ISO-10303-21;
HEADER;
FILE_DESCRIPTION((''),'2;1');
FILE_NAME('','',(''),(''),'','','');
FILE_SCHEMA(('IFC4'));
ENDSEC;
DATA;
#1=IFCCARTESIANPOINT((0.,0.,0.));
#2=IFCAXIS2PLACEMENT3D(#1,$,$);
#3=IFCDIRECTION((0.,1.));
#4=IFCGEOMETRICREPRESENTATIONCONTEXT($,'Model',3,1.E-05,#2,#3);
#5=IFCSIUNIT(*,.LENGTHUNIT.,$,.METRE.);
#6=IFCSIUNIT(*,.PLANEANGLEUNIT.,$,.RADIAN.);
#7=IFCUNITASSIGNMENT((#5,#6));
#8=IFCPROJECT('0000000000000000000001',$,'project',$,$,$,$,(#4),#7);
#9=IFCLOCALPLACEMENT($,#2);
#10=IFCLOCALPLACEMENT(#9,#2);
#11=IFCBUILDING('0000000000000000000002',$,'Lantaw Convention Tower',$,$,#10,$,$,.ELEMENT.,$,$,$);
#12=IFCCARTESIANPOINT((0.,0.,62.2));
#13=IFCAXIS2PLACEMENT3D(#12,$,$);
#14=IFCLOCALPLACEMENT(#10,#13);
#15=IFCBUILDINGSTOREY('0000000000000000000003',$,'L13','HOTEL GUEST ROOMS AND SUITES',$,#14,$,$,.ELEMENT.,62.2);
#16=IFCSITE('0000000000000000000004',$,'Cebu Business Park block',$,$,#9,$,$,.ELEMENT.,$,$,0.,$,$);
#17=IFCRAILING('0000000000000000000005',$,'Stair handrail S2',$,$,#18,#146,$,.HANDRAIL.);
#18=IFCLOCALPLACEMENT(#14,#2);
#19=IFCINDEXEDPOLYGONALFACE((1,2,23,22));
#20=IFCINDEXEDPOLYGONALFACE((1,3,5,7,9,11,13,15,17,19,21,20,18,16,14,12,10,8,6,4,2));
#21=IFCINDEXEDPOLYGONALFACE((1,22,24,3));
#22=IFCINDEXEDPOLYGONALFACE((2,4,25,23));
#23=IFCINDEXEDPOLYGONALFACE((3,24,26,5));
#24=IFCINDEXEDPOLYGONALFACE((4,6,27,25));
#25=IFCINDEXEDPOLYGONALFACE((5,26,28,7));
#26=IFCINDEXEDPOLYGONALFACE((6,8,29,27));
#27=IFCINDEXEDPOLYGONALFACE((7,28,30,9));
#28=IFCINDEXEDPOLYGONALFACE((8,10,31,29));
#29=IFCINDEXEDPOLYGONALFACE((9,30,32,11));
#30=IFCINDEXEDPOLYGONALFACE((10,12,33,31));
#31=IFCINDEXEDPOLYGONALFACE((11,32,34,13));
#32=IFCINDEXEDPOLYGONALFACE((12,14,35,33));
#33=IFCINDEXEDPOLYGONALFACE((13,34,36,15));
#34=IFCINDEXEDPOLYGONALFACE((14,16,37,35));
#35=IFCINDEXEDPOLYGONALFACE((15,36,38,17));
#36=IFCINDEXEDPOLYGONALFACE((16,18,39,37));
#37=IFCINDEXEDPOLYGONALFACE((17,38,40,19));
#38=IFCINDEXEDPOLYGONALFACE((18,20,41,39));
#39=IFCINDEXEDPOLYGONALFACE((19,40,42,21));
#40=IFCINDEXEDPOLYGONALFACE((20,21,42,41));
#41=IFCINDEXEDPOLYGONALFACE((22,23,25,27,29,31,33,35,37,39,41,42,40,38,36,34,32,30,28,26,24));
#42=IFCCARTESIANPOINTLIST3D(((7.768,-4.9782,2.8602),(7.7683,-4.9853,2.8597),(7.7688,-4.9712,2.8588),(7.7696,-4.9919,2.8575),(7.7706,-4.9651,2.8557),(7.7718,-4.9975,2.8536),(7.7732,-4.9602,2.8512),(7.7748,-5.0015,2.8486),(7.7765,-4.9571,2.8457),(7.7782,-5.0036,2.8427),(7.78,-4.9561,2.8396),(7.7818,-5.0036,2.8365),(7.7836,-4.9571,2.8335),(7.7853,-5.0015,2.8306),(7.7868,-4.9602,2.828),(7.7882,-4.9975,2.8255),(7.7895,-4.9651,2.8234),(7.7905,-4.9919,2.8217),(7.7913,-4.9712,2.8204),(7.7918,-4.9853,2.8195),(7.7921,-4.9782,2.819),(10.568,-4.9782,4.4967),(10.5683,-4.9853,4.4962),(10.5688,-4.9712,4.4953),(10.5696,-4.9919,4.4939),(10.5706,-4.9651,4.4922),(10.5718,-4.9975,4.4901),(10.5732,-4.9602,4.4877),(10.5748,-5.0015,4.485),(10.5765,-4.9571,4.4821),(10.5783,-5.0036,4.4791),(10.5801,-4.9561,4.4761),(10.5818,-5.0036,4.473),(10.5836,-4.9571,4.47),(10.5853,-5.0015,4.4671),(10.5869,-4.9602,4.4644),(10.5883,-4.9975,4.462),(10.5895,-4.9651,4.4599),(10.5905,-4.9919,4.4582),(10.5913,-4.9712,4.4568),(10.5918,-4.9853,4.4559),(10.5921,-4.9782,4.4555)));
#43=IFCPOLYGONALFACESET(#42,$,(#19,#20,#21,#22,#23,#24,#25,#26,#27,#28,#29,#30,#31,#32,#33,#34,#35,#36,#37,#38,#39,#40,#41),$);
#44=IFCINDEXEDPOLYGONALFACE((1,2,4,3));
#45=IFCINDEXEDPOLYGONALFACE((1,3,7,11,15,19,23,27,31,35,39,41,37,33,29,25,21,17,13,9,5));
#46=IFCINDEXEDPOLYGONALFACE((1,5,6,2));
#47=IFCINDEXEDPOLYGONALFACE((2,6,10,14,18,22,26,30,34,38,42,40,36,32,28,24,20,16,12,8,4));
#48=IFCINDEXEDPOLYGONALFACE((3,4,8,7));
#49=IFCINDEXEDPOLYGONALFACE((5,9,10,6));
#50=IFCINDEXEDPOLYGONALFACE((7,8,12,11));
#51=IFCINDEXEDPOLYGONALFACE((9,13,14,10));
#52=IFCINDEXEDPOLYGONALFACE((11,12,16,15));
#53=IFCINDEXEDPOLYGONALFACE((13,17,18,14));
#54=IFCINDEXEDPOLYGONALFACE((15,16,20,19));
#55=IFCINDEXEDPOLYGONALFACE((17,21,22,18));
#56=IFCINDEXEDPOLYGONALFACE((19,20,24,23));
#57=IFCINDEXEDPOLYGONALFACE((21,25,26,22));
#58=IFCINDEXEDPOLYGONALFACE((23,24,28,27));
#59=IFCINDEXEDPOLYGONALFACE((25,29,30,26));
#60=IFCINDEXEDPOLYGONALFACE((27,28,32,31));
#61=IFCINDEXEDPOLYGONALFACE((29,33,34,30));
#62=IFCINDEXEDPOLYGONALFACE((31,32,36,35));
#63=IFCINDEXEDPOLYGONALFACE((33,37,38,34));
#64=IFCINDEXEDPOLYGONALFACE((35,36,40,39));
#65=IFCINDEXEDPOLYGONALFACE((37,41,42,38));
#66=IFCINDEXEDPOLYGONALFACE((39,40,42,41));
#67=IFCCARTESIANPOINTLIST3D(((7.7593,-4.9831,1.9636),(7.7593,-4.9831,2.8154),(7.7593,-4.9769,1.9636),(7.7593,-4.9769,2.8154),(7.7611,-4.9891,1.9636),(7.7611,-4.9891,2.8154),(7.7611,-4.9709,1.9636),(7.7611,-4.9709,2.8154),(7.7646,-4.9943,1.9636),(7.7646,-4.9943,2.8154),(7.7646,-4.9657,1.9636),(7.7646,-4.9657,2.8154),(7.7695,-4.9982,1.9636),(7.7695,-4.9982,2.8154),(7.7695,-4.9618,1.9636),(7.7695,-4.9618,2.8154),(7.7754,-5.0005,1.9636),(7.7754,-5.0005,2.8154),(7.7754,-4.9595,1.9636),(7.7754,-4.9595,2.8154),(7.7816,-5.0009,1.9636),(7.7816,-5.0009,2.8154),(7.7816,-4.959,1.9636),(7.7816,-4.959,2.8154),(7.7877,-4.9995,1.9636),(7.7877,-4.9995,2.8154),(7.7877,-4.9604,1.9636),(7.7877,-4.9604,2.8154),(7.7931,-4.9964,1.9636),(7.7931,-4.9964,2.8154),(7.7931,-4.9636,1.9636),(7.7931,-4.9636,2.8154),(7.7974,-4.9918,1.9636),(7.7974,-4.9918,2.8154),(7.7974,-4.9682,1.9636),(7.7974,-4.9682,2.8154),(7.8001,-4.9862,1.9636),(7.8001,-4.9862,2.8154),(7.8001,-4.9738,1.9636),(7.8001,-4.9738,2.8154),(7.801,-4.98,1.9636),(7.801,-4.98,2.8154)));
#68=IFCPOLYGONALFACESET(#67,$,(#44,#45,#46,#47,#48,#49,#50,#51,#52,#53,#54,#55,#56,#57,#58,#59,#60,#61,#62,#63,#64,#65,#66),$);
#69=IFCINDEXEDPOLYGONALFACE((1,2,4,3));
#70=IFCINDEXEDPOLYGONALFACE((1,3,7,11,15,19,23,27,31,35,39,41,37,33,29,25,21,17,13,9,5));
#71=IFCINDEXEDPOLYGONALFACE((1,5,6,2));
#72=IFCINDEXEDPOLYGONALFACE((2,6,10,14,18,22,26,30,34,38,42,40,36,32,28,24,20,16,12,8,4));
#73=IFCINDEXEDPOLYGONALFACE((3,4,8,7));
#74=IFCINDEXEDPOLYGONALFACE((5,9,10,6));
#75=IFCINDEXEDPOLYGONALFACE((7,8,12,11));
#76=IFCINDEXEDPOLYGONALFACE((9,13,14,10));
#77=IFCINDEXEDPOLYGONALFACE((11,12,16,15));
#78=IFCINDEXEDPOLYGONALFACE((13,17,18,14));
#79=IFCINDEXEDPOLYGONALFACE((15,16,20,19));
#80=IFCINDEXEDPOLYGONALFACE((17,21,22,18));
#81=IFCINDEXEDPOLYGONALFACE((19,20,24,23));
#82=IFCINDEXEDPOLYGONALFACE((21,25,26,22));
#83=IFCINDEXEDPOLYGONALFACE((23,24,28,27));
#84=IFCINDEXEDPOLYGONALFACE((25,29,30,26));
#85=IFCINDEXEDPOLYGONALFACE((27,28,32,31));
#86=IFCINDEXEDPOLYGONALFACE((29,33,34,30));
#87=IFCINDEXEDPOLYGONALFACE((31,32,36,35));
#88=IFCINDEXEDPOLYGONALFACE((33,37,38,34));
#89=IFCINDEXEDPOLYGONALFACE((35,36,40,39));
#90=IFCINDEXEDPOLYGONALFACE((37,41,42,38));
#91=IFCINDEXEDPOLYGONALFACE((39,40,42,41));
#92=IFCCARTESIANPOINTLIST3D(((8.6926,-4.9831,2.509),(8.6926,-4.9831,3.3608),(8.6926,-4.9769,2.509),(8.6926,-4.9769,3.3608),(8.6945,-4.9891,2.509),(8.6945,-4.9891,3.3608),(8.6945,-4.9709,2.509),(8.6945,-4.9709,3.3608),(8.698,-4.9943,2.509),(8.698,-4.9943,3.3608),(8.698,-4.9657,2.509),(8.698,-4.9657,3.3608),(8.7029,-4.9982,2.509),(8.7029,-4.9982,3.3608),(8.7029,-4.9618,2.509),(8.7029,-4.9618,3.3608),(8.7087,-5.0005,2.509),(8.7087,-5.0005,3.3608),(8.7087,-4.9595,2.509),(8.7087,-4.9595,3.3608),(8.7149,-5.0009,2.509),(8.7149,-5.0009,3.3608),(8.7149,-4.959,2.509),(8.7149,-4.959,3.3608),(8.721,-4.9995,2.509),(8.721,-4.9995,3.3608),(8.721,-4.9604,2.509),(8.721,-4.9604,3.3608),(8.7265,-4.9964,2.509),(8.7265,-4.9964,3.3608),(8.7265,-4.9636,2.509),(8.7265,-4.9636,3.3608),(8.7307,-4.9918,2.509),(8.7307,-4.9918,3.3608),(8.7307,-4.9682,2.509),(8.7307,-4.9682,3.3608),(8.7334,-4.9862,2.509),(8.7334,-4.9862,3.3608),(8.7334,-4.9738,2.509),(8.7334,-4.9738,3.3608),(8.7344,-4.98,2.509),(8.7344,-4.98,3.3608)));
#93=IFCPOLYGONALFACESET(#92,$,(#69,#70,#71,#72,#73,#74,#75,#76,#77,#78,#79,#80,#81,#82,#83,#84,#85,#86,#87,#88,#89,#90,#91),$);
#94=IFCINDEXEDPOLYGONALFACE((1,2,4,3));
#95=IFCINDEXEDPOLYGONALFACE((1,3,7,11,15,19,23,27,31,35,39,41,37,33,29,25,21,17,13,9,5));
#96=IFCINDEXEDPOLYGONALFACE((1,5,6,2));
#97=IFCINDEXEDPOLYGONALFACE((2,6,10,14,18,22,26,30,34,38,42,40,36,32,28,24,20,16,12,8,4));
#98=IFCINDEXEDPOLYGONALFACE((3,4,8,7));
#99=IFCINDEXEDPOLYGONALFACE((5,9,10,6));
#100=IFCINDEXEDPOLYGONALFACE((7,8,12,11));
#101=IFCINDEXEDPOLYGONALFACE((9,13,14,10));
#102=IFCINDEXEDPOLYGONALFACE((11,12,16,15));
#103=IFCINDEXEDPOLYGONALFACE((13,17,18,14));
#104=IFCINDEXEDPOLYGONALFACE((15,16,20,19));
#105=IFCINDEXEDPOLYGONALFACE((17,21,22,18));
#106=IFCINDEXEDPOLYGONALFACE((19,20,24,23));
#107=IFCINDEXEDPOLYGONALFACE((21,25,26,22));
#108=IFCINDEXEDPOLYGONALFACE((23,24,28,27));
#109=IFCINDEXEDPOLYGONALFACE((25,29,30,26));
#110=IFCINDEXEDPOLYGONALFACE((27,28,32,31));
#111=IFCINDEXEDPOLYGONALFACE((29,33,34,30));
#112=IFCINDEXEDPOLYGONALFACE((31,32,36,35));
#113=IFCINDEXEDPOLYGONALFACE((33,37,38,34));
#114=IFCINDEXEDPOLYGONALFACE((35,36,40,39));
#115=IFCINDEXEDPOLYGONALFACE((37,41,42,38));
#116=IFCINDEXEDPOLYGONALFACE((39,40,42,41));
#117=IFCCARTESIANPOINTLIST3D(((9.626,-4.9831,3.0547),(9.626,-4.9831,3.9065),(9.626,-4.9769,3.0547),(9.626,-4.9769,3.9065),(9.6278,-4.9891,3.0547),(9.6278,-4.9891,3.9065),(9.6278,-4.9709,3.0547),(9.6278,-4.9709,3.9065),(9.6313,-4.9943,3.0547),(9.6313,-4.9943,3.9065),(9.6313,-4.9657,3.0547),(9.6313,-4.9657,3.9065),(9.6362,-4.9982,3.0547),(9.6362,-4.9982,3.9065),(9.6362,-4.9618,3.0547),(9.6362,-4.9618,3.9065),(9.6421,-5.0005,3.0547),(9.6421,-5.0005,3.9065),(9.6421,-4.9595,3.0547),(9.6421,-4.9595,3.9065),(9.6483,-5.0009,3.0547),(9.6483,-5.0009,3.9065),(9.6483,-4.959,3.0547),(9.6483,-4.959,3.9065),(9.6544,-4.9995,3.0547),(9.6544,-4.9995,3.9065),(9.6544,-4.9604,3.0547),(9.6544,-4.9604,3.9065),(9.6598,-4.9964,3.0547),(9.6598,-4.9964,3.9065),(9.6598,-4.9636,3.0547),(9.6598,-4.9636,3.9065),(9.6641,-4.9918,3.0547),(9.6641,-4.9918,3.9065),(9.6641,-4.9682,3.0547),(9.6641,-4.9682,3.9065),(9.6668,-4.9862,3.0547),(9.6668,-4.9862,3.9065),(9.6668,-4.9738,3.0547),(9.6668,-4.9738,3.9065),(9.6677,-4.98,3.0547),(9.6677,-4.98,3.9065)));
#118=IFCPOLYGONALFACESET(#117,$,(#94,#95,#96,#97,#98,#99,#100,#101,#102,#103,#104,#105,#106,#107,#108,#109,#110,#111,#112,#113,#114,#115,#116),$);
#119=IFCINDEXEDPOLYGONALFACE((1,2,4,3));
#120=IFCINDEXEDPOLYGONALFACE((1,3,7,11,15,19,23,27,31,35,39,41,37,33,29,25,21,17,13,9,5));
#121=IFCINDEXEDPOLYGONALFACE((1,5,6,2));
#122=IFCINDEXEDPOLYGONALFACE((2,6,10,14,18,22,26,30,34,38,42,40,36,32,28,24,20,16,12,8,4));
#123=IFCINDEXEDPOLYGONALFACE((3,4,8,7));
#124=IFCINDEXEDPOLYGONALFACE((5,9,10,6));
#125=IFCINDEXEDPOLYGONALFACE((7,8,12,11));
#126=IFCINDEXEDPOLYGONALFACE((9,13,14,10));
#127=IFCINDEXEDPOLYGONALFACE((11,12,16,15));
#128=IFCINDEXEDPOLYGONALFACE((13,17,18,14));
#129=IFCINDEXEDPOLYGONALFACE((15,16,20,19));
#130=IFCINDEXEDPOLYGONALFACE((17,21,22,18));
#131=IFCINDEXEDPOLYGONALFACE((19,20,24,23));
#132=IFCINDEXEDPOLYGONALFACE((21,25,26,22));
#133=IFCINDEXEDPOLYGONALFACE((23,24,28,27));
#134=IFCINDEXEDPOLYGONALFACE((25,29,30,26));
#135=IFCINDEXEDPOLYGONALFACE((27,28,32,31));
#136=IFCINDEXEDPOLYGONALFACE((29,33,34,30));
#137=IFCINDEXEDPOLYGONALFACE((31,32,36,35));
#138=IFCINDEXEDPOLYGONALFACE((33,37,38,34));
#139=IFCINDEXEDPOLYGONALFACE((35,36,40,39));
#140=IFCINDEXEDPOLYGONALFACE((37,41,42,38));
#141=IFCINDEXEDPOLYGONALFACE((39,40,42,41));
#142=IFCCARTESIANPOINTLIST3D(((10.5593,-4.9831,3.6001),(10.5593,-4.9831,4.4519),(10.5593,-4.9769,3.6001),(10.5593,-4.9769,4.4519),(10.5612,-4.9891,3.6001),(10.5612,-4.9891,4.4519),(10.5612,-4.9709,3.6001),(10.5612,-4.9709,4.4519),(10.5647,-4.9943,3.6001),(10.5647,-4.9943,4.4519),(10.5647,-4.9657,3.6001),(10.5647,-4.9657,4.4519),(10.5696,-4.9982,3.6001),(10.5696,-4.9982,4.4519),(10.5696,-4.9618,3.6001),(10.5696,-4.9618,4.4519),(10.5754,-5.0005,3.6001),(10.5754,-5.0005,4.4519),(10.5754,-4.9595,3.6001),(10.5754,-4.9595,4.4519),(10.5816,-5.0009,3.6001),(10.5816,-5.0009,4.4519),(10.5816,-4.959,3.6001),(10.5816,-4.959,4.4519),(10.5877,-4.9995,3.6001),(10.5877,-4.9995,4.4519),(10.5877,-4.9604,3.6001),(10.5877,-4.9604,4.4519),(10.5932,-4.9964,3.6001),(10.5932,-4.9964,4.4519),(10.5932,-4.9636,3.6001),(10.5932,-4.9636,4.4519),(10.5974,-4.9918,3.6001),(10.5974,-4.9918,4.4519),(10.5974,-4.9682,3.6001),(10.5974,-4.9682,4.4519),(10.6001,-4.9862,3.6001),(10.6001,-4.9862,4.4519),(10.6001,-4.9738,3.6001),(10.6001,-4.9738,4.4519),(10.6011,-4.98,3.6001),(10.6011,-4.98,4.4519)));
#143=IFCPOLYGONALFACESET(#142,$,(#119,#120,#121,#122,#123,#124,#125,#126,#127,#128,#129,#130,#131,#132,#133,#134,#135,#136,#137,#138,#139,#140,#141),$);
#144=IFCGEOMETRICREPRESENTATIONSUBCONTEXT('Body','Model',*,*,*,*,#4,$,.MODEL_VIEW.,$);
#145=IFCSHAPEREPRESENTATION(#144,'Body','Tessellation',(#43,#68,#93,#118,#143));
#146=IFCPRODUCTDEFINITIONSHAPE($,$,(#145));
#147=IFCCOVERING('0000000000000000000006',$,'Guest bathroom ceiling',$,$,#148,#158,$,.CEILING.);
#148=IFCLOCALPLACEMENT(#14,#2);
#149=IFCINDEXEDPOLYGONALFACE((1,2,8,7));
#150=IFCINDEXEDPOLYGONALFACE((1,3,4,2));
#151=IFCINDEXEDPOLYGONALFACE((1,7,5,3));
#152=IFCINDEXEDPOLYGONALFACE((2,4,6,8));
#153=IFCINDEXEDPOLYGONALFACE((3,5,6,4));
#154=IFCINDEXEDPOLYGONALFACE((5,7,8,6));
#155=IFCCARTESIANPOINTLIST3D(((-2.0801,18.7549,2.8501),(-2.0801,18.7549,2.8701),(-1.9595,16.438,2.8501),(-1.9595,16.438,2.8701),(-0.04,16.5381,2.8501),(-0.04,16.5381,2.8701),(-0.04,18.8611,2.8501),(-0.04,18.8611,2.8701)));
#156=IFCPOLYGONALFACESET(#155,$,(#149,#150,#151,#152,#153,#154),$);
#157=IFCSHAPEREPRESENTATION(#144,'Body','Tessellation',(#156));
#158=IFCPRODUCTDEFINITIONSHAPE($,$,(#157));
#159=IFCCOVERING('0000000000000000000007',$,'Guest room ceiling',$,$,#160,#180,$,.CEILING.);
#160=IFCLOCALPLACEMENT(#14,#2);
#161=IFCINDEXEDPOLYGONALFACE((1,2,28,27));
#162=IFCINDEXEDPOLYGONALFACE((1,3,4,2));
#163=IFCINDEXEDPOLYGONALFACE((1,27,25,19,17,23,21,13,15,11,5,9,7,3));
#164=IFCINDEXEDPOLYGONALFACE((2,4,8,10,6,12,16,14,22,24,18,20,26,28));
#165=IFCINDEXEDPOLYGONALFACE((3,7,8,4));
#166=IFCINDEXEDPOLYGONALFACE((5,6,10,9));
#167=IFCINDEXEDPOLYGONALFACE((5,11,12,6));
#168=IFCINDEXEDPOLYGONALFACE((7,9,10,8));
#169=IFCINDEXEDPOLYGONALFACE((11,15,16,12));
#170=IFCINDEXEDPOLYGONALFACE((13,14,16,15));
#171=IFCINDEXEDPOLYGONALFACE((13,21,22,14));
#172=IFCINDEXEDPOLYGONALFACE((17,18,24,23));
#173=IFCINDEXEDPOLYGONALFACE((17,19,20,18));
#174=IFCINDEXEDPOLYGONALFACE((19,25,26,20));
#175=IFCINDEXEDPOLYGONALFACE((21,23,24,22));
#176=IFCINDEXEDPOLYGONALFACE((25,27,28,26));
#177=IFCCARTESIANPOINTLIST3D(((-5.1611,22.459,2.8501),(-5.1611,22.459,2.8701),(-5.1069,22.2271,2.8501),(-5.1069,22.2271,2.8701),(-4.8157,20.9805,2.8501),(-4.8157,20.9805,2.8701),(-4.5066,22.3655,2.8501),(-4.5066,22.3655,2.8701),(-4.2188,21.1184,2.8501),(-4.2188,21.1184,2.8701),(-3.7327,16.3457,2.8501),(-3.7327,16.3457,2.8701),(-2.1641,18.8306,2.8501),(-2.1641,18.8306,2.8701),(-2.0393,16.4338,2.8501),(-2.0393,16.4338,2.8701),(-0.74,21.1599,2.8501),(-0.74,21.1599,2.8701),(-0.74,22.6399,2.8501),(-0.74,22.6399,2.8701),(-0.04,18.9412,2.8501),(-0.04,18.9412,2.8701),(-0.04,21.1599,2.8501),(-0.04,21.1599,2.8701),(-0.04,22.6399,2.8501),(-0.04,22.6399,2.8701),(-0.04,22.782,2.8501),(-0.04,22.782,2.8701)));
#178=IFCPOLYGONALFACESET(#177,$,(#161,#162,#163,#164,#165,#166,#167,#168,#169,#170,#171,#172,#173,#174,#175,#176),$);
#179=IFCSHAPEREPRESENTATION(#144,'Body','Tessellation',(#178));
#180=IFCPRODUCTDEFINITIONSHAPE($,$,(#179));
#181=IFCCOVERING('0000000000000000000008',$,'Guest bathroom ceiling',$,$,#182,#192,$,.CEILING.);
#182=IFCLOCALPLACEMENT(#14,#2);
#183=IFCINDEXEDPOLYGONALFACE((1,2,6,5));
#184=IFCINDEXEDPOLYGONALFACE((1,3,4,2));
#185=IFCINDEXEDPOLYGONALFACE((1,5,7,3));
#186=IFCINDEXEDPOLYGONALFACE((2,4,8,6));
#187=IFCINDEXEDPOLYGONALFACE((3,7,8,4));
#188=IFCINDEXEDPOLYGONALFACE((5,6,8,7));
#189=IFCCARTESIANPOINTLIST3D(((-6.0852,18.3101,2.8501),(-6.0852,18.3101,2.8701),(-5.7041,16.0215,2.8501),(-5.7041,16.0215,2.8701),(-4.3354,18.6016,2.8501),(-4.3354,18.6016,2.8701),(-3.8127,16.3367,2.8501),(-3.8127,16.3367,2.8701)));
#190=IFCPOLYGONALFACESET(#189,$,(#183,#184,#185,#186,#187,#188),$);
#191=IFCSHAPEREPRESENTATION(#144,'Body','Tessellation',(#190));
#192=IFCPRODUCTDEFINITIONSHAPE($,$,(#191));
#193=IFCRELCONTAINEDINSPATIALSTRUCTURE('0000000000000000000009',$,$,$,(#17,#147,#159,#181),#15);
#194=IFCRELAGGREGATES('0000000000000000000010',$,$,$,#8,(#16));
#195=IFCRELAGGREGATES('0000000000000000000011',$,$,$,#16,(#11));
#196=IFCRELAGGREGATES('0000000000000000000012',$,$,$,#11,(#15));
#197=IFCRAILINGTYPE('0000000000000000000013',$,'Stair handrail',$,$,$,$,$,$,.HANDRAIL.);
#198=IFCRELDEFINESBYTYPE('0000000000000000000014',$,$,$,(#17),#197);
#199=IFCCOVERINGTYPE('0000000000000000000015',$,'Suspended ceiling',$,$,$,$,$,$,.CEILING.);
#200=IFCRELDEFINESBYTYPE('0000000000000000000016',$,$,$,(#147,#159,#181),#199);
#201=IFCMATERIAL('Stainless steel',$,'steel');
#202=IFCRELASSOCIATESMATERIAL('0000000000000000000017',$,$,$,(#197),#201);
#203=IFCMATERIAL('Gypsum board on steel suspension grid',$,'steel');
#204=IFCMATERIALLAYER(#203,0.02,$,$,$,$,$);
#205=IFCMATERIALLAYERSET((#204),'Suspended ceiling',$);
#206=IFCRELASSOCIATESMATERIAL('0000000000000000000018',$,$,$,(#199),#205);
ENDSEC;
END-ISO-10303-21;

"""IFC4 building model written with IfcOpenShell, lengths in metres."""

from ifc_helpers import new_model, si_unit, direction, frame, origin, origin_2d, place, context, subcontext, project, spatial, polyline, circle, outline, extrude, material, layer, layer_set, type_object, element, save


model = new_model("IFC4")

# Units and contexts
model_context = context("Model", 3, precision=1e-05, world=origin(), true_north=direction((0.0, 1.0)))
body_context = subcontext(model_context, "Body", "Model", "MODEL_VIEW")
ifc_project = project(units=[si_unit("LENGTHUNIT", "METRE"), si_unit("PLANEANGLEUNIT", "RADIAN")], contexts=[model_context])

# Site, building, storey
site_placement = place(None, origin())
site = spatial("IfcSite", under=ifc_project, at=site_placement, Name="Cebu Business Park block", CompositionType="ELEMENT", RefElevation=0.0)
building_placement = place(site_placement, origin())
building = spatial("IfcBuilding", under=site, at=building_placement, Name="Lantaw Convention Tower", CompositionType="ELEMENT")
storey_placement = place(building_placement, frame((0.0, 0.0, 62.2)))
storey = spatial("IfcBuildingStorey", under=building, at=storey_placement, Name="L13", Description="HOTEL GUEST ROOMS AND SUITES", CompositionType="ELEMENT", Elevation=62.2)

# Railing
ifc_material_1 = material(Name="Stainless steel", Category="steel")
railing_type = type_object("IfcRailingType", Name="Stair handrail", PredefinedType="HANDRAIL", material=ifc_material_1)
railing_1_placement = place(storey_placement, frame((7.78, -4.98, 1.9636)))
element("IfcRailing", 1, at=railing_1_placement, inside=storey, type_object=railing_type, Name="Stair handrail S2", PredefinedType="HANDRAIL", context=body_context, shape_type="SweptSolid", body=[
    extrude(circle(Radius=0.0239, at=origin_2d()), frame((0.0, 0.0, 0.876), z_axis=(0.863361, 0.0, 0.504587), x_axis=(0.0, 1.0, 0.0)), (0.0, 0.0, 1.0), 3.2432),
    extrude(circle(Radius=0.021, at=origin_2d()), origin(), (0.0, 0.0, 1.0), 0.8518),
    extrude(circle(Radius=0.021, at=origin_2d()), frame((0.9333, 0.0, 0.5454)), (0.0, 0.0, 1.0), 0.8518),
    extrude(circle(Radius=0.021, at=origin_2d()), frame((1.8667, 0.0, 1.0911)), (0.0, 0.0, 1.0), 0.8518),
    extrude(circle(Radius=0.021, at=origin_2d()), frame((2.8, 0.0, 1.6365)), (0.0, 0.0, 1.0), 0.8518),
])

# Coverings
ifc_material_2 = material(Name="Gypsum board on steel suspension grid", Category="steel")
ifc_layer_1 = layer(ifc_material_2, 0.02)
ifc_layer_set_1 = layer_set([ifc_layer_1], Name="Suspended ceiling")
covering_type = type_object("IfcCoveringType", Name="Suspended ceiling", PredefinedType="CEILING", material=ifc_layer_set_1)
covering_1_placement = place(storey_placement, frame((0.0, 0.0, 2.8501)))
element("IfcCovering", 2, at=covering_1_placement, inside=storey, type_object=covering_type, Name="Guest bathroom ceiling", PredefinedType="CEILING", context=body_context, shape_type="SweptSolid", body=[
    extrude(outline(polyline([(-0.04, 16.5381), (-0.04, 18.8611), (-2.0801, 18.7549), (-1.9595, 16.438), (-0.04, 16.5381)])), origin(), (0.0, 0.0, 1.0), 0.02),
])
covering_2_placement = place(storey_placement, frame((0.0, 0.0, 2.8501)))
element("IfcCovering", 3, at=covering_2_placement, inside=storey, type_object=covering_type, Name="Guest room ceiling", PredefinedType="CEILING", context=body_context, shape_type="SweptSolid", body=[
    extrude(outline(polyline([(-4.8157, 20.9805), (-3.7327, 16.3457), (-2.0393, 16.4338), (-2.1641, 18.8306), (-0.04, 18.9412), (-0.04, 21.1599), (-0.74, 21.1599), (-0.74, 22.6399), (-0.04, 22.6399), (-0.04, 22.782), (-5.1611, 22.459), (-5.1069, 22.2271), (-4.5066, 22.3655), (-4.2188, 21.1184), (-4.8157, 20.9805)])), origin(), (0.0, 0.0, 1.0), 0.02),
])
covering_3_placement = place(storey_placement, frame((0.0, 0.0, 2.8501)))
element("IfcCovering", 4, at=covering_3_placement, inside=storey, type_object=covering_type, Name="Guest bathroom ceiling", PredefinedType="CEILING", context=body_context, shape_type="SweptSolid", body=[
    extrude(outline(polyline([(-3.8127, 16.3367), (-4.3354, 18.6016), (-6.0852, 18.3101), (-5.7041, 16.0215), (-3.8127, 16.3367)])), origin(), (0.0, 0.0, 1.0), 0.02),
])

save(model, "model.ifc")
